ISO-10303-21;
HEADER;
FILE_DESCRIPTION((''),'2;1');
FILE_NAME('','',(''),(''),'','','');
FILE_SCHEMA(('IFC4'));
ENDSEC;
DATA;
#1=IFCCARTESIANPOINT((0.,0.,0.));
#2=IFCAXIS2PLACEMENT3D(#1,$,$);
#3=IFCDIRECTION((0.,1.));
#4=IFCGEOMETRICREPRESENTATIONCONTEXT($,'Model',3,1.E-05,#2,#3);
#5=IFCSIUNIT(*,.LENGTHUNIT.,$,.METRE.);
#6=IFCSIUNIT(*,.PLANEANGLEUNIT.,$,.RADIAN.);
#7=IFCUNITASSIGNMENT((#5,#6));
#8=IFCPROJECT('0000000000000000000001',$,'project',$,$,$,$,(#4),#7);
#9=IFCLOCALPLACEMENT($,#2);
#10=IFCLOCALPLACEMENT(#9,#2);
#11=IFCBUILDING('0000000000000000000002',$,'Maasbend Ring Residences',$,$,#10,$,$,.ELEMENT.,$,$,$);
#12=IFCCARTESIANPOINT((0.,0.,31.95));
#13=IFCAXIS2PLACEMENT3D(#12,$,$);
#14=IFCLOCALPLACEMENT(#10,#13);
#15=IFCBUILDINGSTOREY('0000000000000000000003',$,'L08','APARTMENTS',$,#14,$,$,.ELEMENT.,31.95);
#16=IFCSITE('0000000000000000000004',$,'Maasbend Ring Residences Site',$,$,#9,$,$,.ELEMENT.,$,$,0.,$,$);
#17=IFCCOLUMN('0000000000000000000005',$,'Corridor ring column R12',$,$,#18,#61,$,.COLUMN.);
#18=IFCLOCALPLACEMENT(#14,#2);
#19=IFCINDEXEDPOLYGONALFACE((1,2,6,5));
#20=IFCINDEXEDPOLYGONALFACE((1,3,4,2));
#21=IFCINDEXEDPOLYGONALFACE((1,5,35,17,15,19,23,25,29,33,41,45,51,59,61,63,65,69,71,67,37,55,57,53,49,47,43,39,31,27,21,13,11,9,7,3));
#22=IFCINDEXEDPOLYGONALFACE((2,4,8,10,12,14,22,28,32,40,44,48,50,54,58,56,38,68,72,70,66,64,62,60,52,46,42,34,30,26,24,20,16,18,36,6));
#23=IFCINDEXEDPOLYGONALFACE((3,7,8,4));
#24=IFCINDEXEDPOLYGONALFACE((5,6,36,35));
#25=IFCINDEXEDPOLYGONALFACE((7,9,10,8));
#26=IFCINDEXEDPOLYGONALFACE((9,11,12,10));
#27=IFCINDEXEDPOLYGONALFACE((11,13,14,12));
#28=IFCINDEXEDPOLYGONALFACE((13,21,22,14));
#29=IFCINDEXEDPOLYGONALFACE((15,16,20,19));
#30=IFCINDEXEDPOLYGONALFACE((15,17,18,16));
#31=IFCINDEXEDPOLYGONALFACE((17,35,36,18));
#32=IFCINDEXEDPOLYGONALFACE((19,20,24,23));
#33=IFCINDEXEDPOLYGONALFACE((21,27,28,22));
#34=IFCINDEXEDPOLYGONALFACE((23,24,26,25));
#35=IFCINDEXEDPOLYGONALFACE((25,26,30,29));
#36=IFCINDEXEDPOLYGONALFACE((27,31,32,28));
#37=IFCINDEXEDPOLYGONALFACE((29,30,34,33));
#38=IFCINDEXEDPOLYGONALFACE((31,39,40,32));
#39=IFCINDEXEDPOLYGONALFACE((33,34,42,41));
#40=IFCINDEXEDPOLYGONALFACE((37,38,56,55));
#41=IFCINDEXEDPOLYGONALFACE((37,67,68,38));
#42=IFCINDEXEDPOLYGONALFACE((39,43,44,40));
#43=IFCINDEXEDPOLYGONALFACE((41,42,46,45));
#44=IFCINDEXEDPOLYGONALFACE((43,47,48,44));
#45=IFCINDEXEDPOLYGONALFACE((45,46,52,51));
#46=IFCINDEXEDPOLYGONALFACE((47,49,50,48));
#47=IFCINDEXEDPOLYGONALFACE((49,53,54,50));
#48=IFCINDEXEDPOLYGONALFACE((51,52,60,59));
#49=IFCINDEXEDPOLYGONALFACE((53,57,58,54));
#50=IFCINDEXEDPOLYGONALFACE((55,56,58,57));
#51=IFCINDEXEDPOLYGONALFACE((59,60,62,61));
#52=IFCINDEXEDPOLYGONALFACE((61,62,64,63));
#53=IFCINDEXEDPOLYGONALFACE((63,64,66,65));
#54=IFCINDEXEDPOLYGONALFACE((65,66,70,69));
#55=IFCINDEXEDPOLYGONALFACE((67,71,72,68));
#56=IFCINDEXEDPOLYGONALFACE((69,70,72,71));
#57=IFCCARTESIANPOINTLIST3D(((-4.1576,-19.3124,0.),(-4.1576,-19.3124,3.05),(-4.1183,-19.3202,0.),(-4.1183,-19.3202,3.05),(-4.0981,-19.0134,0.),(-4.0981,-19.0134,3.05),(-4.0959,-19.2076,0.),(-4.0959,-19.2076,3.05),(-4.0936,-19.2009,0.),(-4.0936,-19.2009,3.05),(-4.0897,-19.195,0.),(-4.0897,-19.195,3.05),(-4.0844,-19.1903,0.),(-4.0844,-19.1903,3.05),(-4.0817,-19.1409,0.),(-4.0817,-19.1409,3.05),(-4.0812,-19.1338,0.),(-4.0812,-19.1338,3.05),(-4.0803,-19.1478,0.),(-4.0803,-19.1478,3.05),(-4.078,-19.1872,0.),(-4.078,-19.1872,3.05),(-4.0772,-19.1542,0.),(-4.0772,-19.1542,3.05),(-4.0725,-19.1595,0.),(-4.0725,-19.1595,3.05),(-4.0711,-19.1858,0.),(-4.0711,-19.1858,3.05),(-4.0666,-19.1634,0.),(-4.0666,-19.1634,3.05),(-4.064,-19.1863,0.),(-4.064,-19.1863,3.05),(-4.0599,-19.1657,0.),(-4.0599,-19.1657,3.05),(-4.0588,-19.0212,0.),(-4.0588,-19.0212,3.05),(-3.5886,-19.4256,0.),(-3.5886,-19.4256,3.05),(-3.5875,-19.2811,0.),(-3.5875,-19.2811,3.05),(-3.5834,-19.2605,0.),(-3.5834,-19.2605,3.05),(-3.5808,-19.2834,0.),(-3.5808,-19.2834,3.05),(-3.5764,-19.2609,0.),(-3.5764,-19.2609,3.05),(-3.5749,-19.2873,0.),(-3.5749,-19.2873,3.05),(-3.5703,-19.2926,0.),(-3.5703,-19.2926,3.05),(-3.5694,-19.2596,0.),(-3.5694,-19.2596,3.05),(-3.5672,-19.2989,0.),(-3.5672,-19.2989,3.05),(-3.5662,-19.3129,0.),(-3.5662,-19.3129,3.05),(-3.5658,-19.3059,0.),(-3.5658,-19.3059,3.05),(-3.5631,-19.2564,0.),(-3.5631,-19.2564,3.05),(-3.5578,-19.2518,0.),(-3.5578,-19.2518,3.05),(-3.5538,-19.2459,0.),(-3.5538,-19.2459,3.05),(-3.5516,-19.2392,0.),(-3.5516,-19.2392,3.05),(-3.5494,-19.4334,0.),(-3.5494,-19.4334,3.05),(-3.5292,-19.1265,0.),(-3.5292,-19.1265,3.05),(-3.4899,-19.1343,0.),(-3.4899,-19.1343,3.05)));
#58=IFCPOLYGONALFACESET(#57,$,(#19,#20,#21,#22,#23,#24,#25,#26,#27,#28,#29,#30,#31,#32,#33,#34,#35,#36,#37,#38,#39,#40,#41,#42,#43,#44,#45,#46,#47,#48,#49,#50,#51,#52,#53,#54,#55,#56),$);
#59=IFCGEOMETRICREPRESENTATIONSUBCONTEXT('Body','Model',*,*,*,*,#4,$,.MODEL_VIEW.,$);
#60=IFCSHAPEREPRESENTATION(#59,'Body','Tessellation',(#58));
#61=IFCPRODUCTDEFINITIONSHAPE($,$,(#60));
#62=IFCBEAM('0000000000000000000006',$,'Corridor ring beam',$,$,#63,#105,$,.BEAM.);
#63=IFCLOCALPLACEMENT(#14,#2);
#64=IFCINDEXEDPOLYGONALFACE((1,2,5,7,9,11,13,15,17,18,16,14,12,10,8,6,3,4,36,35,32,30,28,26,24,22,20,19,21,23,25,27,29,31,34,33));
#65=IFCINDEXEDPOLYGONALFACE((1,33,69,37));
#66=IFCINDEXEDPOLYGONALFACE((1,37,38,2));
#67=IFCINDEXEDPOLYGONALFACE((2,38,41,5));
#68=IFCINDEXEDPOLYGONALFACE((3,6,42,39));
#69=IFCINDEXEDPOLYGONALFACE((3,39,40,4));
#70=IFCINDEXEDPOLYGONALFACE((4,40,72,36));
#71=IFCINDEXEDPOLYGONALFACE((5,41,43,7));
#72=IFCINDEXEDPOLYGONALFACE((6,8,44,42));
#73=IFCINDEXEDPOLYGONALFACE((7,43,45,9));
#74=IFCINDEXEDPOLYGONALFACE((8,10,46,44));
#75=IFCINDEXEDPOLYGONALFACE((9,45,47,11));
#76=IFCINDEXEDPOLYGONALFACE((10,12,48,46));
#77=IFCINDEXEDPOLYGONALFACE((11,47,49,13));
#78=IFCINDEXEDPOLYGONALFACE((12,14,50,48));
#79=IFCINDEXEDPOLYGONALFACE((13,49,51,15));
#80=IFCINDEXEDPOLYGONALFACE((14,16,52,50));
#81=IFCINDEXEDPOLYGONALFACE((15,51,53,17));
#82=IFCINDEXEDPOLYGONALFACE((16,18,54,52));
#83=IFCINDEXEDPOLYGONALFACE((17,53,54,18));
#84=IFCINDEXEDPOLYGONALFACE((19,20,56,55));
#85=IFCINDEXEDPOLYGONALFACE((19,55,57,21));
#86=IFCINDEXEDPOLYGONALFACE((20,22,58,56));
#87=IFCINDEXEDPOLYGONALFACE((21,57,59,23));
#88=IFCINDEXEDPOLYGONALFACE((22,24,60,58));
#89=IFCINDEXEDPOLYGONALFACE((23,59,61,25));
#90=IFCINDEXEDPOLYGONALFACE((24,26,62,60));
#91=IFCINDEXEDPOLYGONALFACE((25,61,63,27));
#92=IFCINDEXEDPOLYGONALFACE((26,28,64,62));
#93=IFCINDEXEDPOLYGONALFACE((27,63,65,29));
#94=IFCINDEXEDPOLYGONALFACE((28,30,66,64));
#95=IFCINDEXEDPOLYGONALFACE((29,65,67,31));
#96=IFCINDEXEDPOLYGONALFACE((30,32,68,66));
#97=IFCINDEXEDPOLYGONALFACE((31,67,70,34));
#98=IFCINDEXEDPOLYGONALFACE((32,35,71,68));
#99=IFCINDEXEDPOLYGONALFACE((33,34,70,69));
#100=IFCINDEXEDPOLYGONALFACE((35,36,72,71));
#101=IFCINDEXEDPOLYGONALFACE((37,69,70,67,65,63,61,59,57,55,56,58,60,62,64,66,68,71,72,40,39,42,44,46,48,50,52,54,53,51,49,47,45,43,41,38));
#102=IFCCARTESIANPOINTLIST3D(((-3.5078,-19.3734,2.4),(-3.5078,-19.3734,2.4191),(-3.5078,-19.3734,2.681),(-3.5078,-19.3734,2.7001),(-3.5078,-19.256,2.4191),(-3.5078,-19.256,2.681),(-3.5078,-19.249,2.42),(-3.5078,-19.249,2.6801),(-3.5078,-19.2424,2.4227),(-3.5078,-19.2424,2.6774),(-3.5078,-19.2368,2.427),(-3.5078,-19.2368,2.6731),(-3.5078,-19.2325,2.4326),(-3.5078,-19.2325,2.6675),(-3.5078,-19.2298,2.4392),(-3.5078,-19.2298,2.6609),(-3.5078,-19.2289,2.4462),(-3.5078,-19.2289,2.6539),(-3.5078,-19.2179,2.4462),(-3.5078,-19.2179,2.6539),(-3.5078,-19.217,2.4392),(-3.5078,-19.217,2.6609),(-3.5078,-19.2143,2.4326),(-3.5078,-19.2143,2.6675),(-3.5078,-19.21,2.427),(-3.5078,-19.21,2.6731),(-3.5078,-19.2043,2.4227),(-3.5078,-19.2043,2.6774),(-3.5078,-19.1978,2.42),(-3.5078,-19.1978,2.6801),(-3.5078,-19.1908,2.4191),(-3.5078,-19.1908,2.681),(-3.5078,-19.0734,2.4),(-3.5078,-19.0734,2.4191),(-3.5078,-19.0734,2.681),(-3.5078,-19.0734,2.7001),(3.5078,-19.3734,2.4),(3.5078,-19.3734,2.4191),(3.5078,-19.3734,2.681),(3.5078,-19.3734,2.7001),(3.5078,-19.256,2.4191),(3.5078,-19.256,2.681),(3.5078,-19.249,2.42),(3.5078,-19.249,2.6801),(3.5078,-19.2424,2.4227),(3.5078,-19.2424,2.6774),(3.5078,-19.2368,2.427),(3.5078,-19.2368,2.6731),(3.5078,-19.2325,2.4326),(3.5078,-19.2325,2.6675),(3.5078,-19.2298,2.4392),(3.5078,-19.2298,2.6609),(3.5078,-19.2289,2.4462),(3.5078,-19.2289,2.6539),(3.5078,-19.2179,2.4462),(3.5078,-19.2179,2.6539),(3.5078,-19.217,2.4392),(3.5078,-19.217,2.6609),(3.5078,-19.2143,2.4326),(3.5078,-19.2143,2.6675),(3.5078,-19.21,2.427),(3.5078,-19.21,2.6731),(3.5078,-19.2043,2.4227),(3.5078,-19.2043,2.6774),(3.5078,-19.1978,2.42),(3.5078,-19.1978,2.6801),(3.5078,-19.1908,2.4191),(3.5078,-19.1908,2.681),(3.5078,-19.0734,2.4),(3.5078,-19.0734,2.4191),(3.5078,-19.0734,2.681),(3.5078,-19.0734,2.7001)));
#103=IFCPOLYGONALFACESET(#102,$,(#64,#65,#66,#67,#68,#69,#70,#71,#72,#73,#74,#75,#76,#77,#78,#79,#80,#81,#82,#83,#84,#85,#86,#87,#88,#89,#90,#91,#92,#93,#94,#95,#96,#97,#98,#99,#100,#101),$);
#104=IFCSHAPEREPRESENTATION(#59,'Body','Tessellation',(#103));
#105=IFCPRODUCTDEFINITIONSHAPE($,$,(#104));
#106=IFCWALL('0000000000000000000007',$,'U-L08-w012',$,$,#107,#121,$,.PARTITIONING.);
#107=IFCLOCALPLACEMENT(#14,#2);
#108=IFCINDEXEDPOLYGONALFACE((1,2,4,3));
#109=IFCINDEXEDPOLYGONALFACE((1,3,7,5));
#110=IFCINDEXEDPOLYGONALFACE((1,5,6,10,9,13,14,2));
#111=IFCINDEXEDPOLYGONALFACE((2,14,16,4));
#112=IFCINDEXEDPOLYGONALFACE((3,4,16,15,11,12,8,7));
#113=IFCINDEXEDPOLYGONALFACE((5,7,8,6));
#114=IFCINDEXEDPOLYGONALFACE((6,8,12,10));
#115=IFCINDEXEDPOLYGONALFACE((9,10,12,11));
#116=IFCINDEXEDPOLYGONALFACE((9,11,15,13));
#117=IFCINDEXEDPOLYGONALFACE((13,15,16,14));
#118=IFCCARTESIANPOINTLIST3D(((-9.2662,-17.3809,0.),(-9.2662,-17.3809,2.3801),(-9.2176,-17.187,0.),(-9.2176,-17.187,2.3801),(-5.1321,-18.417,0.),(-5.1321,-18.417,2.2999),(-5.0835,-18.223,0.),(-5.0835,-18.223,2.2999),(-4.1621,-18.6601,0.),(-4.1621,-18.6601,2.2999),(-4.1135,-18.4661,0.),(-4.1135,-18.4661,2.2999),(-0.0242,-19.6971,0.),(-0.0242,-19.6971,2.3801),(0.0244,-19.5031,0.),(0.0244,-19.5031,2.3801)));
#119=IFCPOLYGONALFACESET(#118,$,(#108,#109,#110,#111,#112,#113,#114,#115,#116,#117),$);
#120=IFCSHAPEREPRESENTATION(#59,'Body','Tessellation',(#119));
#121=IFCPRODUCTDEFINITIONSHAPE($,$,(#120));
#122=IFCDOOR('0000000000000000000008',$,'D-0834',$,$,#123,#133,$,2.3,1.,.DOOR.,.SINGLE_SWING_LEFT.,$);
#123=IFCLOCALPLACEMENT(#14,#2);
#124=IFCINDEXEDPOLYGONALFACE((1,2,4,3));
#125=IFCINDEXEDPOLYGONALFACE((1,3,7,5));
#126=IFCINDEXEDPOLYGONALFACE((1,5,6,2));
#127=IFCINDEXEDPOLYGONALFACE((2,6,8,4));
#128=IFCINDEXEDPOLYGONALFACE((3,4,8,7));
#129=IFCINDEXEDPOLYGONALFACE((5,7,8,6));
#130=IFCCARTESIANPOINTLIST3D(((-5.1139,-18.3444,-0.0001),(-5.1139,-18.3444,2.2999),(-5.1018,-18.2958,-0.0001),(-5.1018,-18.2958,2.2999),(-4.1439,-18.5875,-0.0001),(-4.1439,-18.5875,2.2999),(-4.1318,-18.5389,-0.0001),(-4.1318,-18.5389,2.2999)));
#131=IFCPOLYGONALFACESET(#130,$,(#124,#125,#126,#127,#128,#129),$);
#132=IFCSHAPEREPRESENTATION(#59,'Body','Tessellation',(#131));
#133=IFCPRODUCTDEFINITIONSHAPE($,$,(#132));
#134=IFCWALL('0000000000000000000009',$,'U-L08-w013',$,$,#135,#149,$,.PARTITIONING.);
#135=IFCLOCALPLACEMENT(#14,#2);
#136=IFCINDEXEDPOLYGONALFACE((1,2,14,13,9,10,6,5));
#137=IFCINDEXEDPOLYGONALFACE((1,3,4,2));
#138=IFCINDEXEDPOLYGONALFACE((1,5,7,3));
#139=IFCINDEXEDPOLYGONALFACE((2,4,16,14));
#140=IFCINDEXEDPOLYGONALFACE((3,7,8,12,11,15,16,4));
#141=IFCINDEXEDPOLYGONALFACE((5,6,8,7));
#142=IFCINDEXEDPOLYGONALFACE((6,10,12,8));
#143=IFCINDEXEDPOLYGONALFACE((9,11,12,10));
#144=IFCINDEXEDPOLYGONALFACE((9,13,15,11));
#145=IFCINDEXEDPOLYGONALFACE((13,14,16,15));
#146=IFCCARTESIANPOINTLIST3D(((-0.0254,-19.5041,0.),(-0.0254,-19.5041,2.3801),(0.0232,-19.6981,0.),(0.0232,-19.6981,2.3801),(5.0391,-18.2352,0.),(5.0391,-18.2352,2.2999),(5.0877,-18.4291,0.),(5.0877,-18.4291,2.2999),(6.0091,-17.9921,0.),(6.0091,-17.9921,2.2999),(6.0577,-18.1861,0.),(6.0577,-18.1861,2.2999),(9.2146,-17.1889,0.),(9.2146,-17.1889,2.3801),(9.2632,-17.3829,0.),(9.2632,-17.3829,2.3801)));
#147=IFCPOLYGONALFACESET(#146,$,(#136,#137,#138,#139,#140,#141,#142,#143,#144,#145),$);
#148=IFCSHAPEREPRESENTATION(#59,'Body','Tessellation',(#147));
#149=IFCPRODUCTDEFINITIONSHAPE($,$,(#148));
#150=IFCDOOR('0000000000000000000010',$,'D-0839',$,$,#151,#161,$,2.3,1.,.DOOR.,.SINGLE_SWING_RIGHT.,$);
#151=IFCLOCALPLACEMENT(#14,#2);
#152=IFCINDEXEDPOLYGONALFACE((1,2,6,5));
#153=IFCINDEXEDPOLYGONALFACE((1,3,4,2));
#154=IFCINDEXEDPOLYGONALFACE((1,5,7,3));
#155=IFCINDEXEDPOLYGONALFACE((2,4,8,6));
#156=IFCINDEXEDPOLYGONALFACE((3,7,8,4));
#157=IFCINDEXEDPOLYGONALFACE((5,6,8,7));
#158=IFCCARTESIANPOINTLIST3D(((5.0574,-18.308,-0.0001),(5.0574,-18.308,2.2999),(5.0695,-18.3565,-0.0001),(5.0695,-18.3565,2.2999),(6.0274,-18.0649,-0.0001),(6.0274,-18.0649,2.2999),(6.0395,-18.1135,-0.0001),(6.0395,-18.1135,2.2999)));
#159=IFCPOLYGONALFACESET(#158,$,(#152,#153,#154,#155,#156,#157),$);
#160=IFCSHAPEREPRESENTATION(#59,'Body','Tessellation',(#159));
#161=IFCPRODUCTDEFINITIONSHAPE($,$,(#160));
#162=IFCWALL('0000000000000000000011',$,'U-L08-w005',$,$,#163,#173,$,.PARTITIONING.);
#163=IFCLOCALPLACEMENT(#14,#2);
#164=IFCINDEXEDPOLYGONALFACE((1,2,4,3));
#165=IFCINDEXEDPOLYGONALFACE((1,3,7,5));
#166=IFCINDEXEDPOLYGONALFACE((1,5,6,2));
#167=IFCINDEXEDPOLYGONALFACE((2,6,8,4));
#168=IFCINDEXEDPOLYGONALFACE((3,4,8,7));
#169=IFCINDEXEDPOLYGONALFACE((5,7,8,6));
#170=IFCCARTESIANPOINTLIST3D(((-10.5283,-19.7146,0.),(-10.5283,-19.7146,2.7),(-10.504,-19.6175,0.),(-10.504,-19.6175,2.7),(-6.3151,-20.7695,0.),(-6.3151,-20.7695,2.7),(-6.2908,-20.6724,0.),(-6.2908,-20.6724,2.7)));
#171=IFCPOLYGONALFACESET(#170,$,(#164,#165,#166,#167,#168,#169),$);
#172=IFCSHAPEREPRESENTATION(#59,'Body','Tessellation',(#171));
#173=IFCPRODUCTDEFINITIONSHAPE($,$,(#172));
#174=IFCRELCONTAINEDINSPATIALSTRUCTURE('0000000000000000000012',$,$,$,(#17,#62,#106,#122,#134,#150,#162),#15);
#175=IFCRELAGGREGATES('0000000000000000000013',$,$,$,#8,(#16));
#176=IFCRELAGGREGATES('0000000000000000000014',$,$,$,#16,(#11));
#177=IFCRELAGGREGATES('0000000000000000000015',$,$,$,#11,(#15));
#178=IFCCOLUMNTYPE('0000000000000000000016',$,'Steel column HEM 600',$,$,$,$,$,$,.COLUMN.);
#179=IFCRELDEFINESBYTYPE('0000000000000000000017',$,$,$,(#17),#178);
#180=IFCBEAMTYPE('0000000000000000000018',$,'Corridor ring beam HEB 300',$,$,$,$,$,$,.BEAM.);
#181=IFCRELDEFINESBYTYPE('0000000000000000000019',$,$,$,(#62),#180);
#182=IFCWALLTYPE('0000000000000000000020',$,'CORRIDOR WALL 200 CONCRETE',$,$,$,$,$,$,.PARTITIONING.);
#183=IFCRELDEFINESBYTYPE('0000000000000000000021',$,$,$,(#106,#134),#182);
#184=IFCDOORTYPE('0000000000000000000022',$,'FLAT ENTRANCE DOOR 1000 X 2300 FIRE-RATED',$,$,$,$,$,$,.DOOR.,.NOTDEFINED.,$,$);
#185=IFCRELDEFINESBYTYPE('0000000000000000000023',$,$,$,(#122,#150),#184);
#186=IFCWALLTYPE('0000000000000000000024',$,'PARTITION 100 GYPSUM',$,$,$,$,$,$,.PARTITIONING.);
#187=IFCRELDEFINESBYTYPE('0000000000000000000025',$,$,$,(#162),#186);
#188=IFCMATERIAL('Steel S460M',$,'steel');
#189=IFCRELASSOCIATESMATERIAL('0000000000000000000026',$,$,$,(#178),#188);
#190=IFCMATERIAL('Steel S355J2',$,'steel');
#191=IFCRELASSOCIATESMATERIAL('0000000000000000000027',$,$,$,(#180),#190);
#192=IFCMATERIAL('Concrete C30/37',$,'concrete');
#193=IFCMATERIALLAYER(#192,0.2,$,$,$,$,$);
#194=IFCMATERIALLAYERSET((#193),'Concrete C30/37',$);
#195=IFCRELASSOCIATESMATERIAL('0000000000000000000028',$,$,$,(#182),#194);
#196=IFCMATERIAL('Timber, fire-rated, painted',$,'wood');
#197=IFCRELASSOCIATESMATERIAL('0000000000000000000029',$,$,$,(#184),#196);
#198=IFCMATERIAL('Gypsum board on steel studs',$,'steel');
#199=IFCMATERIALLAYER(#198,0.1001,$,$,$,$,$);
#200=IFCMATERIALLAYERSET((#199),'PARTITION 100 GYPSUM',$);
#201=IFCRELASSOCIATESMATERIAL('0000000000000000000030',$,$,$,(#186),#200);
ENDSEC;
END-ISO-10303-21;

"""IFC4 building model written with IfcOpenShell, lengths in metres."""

from ifc_helpers import new_model, si_unit, direction, frame, frame_2d, origin, origin_2d, place, context, subcontext, project, spatial, rectangle, i_section, extrude, material, layer, layer_set, material_profile, profile_set, type_object, element, fill, save


model = new_model("IFC4")

# Units and contexts
model_context = context("Model", 3, precision=1e-05, world=origin(), true_north=direction((0.0, 1.0)))
body_context = subcontext(model_context, "Body", "Model", "MODEL_VIEW")
ifc_project = project(units=[si_unit("LENGTHUNIT", "METRE"), si_unit("PLANEANGLEUNIT", "RADIAN")], contexts=[model_context])

# Site, building, storey
site_placement = place(None, origin())
site = spatial("IfcSite", under=ifc_project, at=site_placement, Name="Maasbend Ring Residences Site", CompositionType="ELEMENT", RefElevation=0.0)
building_placement = place(site_placement, origin())
building = spatial("IfcBuilding", under=site, at=building_placement, Name="Maasbend Ring Residences", CompositionType="ELEMENT")
storey_placement = place(building_placement, frame((0.0, 0.0, 31.95)))
storey = spatial("IfcBuildingStorey", under=building, at=storey_placement, Name="L08", Description="APARTMENTS", CompositionType="ELEMENT", Elevation=31.95)

# Column
ifc_material_1 = material(Name="Steel S460M", Category="steel")
ifc_material_profile_1 = material_profile(ifc_material_1, i_section(OverallWidth=0.3049, OverallDepth=0.6201, WebThickness=0.021, FlangeThickness=0.04, FilletRadius=0.0271, at=origin_2d()), Name="HEM 600")
ifc_profile_set_1 = profile_set([ifc_material_profile_1], Name="Steel S460M")
column_type = type_object("IfcColumnType", Name="Steel column HEM 600", PredefinedType="COLUMN", material=ifc_profile_set_1)
column_placement = place(storey_placement, frame((-3.8237, -19.2234, 0.0), z_axis=(0.0, 0.0, 1.0), x_axis=(-0.19509, -0.980785, 0.0)))
element("IfcColumn", 1, at=column_placement, inside=storey, type_object=column_type, Name="Corridor ring column R12", PredefinedType="COLUMN", context=body_context, shape_type="SweptSolid", body=[
    extrude(i_section(OverallWidth=0.3049, OverallDepth=0.6201, WebThickness=0.021, FlangeThickness=0.04, FilletRadius=0.0271, at=origin_2d()), origin(), (0.0, 0.0, 1.0), 3.05),
])

# Beam
ifc_material_2 = material(Name="Steel S355J2", Category="steel")
ifc_material_profile_2 = material_profile(ifc_material_2, i_section(OverallWidth=0.3, OverallDepth=0.3, WebThickness=0.011, FlangeThickness=0.019, FilletRadius=0.0271, at=origin_2d()), Name="HEB 300")
ifc_profile_set_2 = profile_set([ifc_material_profile_2], Name="Steel S355J2")
beam_type = type_object("IfcBeamType", Name="Corridor ring beam HEB 300", PredefinedType="BEAM", material=ifc_profile_set_2)
beam_placement = place(storey_placement, frame((-3.5078, -19.2234, 2.55), z_axis=(1.0, 0.0, 0.0), x_axis=(0.0, 1.0, 0.0)))
element("IfcBeam", 2, at=beam_placement, inside=storey, type_object=beam_type, Name="Corridor ring beam", PredefinedType="BEAM", context=body_context, shape_type="SweptSolid", body=[
    extrude(i_section(OverallWidth=0.3, OverallDepth=0.3, WebThickness=0.011, FlangeThickness=0.019, FilletRadius=0.0271, at=origin_2d()), origin(), (0.0, 0.0, 1.0), 7.0156),
])

# Walls, openings, doors
ifc_material_3 = material(Name="Concrete C30/37", Category="concrete")
ifc_layer_1 = layer(ifc_material_3, 0.2)
ifc_layer_set_1 = layer_set([ifc_layer_1], Name="Concrete C30/37")
wall_type_1 = type_object("IfcWallType", Name="CORRIDOR WALL 200 CONCRETE", PredefinedType="PARTITIONING", material=ifc_layer_set_1)
wall_1_placement = place(storey_placement, frame((-9.2419, -17.2839, 0.0), z_axis=(0.0, 0.0, 1.0), x_axis=(0.970002, -0.243096, 0.0)))
wall_1 = element("IfcWall", 3, at=wall_1_placement, inside=storey, type_object=wall_type_1, Name="U-L08-w012", PredefinedType="PARTITIONING", context=body_context, shape_type="SweptSolid", body=[
    extrude(rectangle(XDim=9.5278, YDim=0.2, at=frame_2d((4.7639, 0.0))), origin(), (0.0, 0.0, 1.0), 2.3801),
])
opening_1_placement = place(wall_1_placement, frame((4.262, 0.0, 0.0)))
opening_1 = element("IfcOpeningElement", 4, at=opening_1_placement, cuts=wall_1, PredefinedType="OPENING", context=body_context, shape_type="SweptSolid", body=[
    extrude(rectangle(XDim=1.0, YDim=2.3, at=frame_2d((0.5, 1.1499))), frame((0.0, 0.1099, 0.0), z_axis=(0.0, -1.0, 0.0), x_axis=(1.0, 0.0, 0.0)), (0.0, 0.0, 1.0), 0.22),
])
ifc_material_4 = material(Name="Timber, fire-rated, painted", Category="wood")
door_type_1 = type_object("IfcDoorType", Name="FLAT ENTRANCE DOOR 1000 X 2300 FIRE-RATED", OperationType="NOTDEFINED", PredefinedType="DOOR", material=ifc_material_4)
door_1_placement = place(opening_1_placement, origin())
door_1 = element("IfcDoor", 5, at=door_1_placement, inside=storey, type_object=door_type_1, Name="D-0834", OperationType="SINGLE_SWING_LEFT", OverallHeight=2.3, OverallWidth=1.0, PredefinedType="DOOR", context=body_context, shape_type="SweptSolid", body=[
    extrude(rectangle(XDim=1.0, YDim=2.3, at=frame_2d((0.5, 1.1499))), frame((0.0, 0.0249, 0.0), z_axis=(0.0, -1.0, 0.0), x_axis=(1.0, 0.0, 0.0)), (0.0, 0.0, 1.0), 0.05),
])
fill(opening_1, door_1)
wall_2_placement = place(storey_placement, frame((-0.001, -19.6011, 0.0), z_axis=(0.0, 0.0, 1.0), x_axis=(0.970014, 0.243048, 0.0)))
wall_2 = element("IfcWall", 6, at=wall_2_placement, inside=storey, type_object=wall_type_1, Name="U-L08-w013", PredefinedType="PARTITIONING", context=body_context, shape_type="SweptSolid", body=[
    extrude(rectangle(XDim=9.5256, YDim=0.2, at=frame_2d((4.7627, 0.0))), origin(), (0.0, 0.0, 1.0), 2.3801),
])
opening_2_placement = place(wall_2_placement, frame((5.2209, 0.0, 0.0)))
opening_2 = element("IfcOpeningElement", 7, at=opening_2_placement, cuts=wall_2, PredefinedType="OPENING", context=body_context, shape_type="SweptSolid", body=[
    extrude(rectangle(XDim=1.0, YDim=2.3, at=frame_2d((0.5, 1.1499))), frame((0.0, 0.1099, 0.0), z_axis=(0.0, -1.0, 0.0), x_axis=(1.0, 0.0, 0.0)), (0.0, 0.0, 1.0), 0.22),
])
door_2_placement = place(opening_2_placement, origin())
door_2 = element("IfcDoor", 8, at=door_2_placement, inside=storey, type_object=door_type_1, Name="D-0839", OperationType="SINGLE_SWING_RIGHT", OverallHeight=2.3, OverallWidth=1.0, PredefinedType="DOOR", context=body_context, shape_type="SweptSolid", body=[
    extrude(rectangle(XDim=1.0, YDim=2.3, at=frame_2d((0.5, 1.1499))), frame((0.0, 0.0249, 0.0), z_axis=(0.0, -1.0, 0.0), x_axis=(1.0, 0.0, 0.0)), (0.0, 0.0, 1.0), 0.05),
])
fill(opening_2, door_2)

# Wall
ifc_material_5 = material(Name="Gypsum board on steel studs", Category="steel")
ifc_layer_2 = layer(ifc_material_5, 0.1001)
ifc_layer_set_2 = layer_set([ifc_layer_2], Name="PARTITION 100 GYPSUM")
wall_type_2 = type_object("IfcWallType", Name="PARTITION 100 GYPSUM", PredefinedType="PARTITIONING", material=ifc_layer_set_2)
wall_3_placement = place(storey_placement, frame((-10.5161, -19.666, 0.0), z_axis=(0.0, 0.0, 1.0), x_axis=(0.970053, -0.242893, 0.0)))
element("IfcWall", 9, at=wall_3_placement, inside=storey, type_object=wall_type_2, Name="U-L08-w005", PredefinedType="PARTITIONING", context=body_context, shape_type="SweptSolid", body=[
    extrude(rectangle(XDim=4.3433, YDim=0.1001, at=frame_2d((2.1716, 0.0))), origin(), (0.0, 0.0, 1.0), 2.7),
])

save(model, "model.ifc")
